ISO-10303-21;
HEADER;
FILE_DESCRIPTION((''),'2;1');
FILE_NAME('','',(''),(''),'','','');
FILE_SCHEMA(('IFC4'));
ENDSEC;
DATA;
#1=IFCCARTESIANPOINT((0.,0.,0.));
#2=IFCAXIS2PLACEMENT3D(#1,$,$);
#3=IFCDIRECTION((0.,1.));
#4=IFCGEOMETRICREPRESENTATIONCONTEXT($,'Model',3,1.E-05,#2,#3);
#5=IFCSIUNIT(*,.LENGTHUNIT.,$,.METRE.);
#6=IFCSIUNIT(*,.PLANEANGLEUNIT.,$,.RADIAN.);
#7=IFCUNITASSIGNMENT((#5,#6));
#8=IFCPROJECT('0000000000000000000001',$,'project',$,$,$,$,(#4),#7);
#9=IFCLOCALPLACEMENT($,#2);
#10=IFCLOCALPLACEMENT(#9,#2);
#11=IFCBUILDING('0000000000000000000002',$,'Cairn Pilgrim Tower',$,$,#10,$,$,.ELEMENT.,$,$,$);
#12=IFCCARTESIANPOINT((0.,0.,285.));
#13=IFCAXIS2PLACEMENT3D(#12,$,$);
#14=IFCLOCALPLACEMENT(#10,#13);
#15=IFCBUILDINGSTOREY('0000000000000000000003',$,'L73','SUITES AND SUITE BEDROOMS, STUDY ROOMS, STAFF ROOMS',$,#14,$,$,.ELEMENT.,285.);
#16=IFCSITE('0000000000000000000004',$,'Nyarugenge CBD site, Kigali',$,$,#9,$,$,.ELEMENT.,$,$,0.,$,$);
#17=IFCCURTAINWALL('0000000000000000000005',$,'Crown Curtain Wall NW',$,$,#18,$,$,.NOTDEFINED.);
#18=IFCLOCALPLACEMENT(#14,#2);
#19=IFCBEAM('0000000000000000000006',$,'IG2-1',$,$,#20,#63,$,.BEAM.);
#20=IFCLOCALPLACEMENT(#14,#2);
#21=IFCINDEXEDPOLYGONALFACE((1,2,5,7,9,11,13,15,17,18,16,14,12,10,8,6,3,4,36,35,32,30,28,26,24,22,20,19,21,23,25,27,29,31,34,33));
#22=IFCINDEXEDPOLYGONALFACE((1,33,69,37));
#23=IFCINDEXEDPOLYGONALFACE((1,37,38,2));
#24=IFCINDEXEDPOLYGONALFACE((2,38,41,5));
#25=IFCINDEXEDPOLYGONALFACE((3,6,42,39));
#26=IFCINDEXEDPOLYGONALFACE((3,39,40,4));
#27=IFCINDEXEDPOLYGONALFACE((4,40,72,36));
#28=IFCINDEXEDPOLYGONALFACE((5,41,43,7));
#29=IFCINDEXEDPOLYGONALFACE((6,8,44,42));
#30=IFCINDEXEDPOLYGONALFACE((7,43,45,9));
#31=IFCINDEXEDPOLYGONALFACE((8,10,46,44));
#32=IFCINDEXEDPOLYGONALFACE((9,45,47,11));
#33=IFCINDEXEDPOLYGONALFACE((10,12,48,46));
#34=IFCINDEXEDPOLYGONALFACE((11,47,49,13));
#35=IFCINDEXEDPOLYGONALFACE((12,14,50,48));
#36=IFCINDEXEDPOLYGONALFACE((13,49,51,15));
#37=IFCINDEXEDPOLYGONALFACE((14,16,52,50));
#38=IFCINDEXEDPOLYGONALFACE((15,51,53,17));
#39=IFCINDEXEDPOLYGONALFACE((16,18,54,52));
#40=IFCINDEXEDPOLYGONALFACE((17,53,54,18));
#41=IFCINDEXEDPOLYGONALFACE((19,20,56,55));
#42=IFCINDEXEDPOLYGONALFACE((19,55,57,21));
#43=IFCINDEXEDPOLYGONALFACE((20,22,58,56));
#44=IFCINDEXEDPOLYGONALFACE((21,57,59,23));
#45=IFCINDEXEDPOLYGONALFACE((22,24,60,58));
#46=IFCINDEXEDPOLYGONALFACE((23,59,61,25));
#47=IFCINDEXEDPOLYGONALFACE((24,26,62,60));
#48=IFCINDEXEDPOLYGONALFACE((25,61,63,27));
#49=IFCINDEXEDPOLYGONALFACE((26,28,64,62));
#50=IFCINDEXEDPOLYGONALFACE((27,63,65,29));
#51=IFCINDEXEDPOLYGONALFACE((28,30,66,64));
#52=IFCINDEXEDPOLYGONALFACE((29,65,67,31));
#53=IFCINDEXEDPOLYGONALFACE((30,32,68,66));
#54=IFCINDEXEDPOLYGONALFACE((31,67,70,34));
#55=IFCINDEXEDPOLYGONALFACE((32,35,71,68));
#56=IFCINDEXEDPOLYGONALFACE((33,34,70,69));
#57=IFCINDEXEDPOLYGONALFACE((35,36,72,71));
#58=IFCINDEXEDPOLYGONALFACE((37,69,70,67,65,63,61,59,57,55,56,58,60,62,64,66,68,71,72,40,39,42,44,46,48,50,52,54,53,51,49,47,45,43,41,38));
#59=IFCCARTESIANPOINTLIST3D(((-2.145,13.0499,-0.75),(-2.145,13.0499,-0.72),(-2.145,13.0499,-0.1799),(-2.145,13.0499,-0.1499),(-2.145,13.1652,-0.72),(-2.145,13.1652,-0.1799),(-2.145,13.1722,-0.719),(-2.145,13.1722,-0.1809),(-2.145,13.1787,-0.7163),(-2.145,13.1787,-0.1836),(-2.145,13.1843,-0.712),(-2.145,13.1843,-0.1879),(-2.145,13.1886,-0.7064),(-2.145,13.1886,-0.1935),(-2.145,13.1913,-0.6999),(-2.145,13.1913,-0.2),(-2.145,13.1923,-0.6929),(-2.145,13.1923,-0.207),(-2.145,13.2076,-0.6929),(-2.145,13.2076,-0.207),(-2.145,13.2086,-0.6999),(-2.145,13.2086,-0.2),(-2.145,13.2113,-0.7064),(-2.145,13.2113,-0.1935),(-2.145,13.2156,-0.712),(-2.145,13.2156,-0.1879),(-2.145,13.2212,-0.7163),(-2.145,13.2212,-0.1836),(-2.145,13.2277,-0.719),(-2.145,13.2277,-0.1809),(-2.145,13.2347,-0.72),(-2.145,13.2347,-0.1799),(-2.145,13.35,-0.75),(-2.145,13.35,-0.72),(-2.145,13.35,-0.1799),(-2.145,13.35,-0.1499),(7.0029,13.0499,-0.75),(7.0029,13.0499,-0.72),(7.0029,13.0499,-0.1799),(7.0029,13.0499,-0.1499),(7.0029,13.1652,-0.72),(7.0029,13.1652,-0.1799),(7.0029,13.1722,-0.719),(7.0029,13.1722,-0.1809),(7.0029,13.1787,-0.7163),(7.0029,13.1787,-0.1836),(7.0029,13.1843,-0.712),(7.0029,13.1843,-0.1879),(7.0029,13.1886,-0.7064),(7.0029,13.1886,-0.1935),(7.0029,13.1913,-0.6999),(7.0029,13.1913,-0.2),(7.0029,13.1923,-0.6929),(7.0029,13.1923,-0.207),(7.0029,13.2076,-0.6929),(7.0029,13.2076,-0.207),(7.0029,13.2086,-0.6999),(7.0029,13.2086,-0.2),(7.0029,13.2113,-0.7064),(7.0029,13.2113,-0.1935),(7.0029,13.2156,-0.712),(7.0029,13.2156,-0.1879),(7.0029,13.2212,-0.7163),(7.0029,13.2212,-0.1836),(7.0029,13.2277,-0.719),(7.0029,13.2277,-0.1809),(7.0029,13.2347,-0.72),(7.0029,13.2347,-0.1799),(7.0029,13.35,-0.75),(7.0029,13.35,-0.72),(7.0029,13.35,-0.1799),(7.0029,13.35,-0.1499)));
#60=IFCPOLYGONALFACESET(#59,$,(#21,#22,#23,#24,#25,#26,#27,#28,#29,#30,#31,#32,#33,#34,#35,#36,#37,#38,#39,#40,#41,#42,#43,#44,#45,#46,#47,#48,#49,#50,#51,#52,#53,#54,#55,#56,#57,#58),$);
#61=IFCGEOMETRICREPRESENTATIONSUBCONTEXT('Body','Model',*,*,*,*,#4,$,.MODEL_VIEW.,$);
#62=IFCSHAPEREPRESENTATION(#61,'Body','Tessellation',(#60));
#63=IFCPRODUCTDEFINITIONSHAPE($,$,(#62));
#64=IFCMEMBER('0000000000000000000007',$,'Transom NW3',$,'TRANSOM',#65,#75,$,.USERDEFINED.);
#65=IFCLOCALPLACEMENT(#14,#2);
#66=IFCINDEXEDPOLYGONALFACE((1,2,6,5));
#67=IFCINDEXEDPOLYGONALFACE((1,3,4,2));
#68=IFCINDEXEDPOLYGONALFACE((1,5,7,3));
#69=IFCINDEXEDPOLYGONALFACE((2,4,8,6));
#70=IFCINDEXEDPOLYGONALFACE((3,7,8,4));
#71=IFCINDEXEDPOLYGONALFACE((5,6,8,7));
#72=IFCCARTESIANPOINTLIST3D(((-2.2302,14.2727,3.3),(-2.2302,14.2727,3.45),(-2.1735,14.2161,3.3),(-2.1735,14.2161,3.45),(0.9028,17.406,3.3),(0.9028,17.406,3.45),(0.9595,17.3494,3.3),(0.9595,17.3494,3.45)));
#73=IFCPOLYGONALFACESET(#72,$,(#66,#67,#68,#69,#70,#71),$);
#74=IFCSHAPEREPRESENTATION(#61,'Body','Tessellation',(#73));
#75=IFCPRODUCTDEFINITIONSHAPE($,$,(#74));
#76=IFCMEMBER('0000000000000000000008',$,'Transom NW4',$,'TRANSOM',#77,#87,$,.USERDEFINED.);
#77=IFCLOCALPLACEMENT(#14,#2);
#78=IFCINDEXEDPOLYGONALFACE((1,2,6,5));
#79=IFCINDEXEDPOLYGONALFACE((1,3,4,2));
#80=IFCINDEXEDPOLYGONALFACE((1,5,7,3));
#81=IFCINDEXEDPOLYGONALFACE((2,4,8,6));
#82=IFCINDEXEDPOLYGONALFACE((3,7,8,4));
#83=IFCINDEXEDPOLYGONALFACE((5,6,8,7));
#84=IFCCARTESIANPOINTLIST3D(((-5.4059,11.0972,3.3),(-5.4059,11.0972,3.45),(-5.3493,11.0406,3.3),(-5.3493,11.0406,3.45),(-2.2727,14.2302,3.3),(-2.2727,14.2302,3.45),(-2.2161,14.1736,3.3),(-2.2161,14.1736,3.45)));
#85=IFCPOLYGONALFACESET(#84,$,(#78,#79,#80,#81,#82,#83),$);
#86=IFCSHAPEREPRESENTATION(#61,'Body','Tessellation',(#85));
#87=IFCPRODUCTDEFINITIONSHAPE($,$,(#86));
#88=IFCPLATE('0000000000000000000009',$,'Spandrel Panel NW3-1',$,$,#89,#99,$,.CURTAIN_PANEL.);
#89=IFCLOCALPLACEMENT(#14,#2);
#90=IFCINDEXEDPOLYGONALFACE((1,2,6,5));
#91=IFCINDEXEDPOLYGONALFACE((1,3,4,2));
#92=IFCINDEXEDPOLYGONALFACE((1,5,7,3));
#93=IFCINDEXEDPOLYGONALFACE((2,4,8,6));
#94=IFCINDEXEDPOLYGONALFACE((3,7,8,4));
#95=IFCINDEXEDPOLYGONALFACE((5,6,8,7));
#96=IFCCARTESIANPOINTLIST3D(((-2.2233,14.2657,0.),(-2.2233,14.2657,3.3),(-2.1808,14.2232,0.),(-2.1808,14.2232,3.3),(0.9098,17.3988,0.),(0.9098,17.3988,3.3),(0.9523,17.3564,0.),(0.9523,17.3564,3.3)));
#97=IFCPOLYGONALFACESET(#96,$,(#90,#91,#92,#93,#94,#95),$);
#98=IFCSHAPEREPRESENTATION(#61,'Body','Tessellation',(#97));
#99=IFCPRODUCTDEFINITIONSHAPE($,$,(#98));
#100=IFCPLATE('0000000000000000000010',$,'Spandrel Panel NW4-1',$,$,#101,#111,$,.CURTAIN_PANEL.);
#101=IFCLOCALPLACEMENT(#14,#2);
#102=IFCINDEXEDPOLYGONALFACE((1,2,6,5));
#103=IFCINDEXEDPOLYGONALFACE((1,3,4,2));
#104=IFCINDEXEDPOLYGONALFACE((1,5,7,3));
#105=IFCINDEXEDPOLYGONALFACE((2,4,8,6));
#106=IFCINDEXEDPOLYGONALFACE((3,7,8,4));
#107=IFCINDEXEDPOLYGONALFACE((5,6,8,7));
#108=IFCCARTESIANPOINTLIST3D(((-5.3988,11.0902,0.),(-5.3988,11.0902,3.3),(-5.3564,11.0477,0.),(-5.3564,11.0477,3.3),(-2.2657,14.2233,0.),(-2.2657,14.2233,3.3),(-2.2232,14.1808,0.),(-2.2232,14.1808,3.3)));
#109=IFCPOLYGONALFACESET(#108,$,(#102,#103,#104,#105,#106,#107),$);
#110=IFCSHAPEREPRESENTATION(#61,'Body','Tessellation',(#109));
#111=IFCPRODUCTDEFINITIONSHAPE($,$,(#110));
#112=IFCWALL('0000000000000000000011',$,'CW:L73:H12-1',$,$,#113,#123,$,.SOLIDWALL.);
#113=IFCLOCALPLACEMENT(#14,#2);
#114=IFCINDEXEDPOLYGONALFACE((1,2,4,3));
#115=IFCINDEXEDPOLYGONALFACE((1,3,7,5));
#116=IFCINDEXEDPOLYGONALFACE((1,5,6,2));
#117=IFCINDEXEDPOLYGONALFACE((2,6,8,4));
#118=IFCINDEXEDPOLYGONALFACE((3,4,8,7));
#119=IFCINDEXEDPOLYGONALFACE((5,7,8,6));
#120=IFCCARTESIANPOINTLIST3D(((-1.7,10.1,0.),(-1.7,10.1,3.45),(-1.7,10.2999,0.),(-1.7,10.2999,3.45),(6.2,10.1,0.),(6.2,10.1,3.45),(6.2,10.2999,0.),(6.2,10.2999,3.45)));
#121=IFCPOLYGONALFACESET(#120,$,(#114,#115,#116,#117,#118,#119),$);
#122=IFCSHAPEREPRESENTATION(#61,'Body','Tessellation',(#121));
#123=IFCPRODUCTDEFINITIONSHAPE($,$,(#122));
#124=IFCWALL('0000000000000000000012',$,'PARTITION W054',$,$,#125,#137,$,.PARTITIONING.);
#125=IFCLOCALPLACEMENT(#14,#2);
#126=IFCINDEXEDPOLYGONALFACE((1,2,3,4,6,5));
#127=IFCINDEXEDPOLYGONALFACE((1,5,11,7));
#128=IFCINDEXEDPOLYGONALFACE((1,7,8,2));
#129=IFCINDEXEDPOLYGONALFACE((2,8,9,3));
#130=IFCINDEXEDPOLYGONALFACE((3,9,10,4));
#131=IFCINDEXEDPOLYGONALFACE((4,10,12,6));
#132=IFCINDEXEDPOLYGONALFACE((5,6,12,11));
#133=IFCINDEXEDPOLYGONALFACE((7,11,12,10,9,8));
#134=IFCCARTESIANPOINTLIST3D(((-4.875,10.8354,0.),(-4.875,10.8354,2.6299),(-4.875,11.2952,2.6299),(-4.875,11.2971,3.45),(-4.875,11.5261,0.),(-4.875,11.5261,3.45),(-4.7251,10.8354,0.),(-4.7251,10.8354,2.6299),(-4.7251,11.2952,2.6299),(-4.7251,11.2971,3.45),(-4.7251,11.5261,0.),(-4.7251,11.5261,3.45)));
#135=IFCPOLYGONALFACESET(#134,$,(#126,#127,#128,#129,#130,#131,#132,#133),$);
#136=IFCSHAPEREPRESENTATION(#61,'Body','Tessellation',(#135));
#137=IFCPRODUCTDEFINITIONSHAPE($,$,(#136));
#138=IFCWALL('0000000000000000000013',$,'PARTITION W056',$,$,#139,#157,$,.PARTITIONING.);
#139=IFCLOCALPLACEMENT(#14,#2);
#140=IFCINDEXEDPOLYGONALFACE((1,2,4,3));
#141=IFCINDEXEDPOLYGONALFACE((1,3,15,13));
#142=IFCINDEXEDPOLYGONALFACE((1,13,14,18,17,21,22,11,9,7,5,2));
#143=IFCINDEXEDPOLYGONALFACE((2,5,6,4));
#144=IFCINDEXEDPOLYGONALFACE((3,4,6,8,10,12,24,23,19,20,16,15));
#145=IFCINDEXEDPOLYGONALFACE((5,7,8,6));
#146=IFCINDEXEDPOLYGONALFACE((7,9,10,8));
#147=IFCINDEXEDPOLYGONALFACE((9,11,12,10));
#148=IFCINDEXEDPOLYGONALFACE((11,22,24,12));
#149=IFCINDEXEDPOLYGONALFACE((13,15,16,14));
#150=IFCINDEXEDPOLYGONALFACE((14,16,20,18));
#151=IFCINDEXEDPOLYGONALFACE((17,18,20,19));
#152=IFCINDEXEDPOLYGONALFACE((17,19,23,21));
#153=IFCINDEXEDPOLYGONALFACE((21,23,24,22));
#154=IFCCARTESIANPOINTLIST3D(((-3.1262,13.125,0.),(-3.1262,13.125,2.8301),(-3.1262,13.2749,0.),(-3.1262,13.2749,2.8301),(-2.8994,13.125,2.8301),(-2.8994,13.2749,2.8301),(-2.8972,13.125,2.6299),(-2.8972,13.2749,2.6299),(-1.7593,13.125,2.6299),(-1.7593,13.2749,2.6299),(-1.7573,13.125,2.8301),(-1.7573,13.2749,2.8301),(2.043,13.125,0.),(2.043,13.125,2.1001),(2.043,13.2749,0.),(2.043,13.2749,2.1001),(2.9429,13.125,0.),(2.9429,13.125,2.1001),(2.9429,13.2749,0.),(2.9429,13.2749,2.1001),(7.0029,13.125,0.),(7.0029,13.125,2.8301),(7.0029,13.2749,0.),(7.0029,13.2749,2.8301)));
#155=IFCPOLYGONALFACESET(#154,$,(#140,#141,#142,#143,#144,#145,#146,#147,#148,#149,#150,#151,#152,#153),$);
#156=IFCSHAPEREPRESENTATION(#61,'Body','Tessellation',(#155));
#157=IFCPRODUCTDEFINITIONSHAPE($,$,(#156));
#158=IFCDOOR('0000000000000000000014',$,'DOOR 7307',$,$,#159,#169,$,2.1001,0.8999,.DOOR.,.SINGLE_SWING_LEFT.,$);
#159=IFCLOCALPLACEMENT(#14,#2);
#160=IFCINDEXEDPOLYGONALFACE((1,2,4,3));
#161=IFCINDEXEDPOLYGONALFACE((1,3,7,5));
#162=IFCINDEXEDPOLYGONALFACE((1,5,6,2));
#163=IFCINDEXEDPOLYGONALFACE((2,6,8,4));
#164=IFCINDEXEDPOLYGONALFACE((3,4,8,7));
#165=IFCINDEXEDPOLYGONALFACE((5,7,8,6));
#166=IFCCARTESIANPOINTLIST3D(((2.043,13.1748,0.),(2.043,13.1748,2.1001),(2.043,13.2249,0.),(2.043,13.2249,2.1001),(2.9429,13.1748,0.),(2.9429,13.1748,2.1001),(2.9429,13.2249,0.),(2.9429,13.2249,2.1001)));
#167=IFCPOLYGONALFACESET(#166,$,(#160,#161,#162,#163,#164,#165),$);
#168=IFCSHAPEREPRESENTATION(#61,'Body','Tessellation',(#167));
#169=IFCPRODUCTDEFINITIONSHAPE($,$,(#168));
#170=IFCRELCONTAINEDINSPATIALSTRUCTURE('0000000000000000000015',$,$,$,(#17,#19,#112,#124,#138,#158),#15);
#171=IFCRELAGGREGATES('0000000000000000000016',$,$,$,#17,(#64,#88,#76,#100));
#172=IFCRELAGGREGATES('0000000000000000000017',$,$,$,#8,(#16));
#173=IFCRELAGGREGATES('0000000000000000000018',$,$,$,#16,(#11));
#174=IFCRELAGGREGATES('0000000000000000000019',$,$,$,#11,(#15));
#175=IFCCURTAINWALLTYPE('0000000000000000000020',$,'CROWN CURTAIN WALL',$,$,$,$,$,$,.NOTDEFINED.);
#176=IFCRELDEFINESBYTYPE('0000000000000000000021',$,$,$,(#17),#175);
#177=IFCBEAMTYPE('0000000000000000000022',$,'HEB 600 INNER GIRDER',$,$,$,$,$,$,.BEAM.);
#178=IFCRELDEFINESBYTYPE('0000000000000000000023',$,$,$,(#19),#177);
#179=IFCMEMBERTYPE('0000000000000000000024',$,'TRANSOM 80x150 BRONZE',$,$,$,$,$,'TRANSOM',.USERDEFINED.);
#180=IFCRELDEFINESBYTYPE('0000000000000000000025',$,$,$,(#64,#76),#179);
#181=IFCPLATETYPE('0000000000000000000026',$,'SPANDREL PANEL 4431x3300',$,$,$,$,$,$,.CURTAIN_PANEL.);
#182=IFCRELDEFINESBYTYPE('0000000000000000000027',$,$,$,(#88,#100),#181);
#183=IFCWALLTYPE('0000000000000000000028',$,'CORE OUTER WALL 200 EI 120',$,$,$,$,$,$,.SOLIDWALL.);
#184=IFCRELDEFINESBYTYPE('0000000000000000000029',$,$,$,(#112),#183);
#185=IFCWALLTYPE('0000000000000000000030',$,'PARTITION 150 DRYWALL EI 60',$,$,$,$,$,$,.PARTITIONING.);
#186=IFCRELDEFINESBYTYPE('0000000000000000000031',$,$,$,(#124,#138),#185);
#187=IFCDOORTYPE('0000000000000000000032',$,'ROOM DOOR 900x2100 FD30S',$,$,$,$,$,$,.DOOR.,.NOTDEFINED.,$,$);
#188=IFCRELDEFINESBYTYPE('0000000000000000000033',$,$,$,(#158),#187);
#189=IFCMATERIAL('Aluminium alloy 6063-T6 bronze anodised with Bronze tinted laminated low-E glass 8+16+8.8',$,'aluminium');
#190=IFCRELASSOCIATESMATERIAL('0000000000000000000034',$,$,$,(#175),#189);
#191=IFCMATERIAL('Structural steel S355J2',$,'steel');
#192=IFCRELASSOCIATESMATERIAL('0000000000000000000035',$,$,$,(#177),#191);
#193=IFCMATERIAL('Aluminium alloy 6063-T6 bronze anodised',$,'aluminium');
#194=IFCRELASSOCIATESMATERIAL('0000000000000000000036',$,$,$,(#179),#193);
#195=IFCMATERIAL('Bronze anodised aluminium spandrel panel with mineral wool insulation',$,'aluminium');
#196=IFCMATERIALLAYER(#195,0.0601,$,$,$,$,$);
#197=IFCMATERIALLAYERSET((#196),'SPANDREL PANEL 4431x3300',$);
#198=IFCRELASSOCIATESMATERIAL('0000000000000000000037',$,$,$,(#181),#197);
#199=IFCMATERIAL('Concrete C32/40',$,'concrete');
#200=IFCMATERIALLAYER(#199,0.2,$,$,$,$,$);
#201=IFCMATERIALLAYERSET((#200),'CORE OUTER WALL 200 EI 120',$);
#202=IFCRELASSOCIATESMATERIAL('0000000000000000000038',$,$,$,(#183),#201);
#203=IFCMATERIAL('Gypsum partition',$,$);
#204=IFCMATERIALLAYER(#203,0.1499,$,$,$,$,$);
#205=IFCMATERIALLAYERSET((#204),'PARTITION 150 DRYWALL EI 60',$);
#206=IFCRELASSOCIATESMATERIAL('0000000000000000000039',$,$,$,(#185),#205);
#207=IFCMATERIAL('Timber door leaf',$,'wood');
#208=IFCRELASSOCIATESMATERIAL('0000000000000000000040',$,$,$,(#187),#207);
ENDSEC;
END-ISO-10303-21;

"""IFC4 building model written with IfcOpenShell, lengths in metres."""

from ifc_helpers import new_model, si_unit, direction, frame, frame_2d, origin, origin_2d, place, context, subcontext, project, spatial, polyline, rectangle, i_section, outline, extrude, material, layer, layer_set, material_profile, profile_set, type_object, element, fill, aggregate, save


model = new_model("IFC4")

# Units and contexts
model_context = context("Model", 3, precision=1e-05, world=origin(), true_north=direction((0.0, 1.0)))
body_context = subcontext(model_context, "Body", "Model", "MODEL_VIEW")
ifc_project = project(units=[si_unit("LENGTHUNIT", "METRE"), si_unit("PLANEANGLEUNIT", "RADIAN")], contexts=[model_context])

# Site, building, storey
site_placement = place(None, origin())
site = spatial("IfcSite", under=ifc_project, at=site_placement, Name="Nyarugenge CBD site, Kigali", CompositionType="ELEMENT", RefElevation=0.0)
building_placement = place(site_placement, origin())
building = spatial("IfcBuilding", under=site, at=building_placement, Name="Cairn Pilgrim Tower", CompositionType="ELEMENT")
storey_placement = place(building_placement, frame((0.0, 0.0, 285.0)))
storey = spatial("IfcBuildingStorey", under=building, at=storey_placement, Name="L73", Description="SUITES AND SUITE BEDROOMS, STUDY ROOMS, STAFF ROOMS", CompositionType="ELEMENT", Elevation=285.0)

# Shared definitions
ifc_material_1 = material(Name="Structural steel S355J2", Category="steel")

# Curtain wall
ifc_material_2 = material(Name="Aluminium alloy 6063-T6 bronze anodised with Bronze tinted laminated low-E glass 8+16+8.8", Category="aluminium")
curtain_wall_type = type_object("IfcCurtainWallType", Name="CROWN CURTAIN WALL", PredefinedType="NOTDEFINED", material=ifc_material_2)
curtain_wall_placement = place(storey_placement, origin())
curtain_wall = element("IfcCurtainWall", 1, at=curtain_wall_placement, inside=storey, type_object=curtain_wall_type, Name="Crown Curtain Wall NW", PredefinedType="NOTDEFINED")
ifc_material_3 = material(Name="Aluminium alloy 6063-T6 bronze anodised", Category="aluminium")

# Beam
ifc_material_profile_1 = material_profile(ifc_material_1, i_section(OverallWidth=0.3, OverallDepth=0.6001, WebThickness=0.0154, FlangeThickness=0.03, FilletRadius=0.0271, at=origin_2d()), Name="HEB 600")
ifc_profile_set_1 = profile_set([ifc_material_profile_1], Name="Structural steel S355J2")
beam_type_1 = type_object("IfcBeamType", Name="HEB 600 INNER GIRDER", PredefinedType="BEAM", material=ifc_profile_set_1)
beam_1_placement = place(storey_placement, frame((-2.145, 13.2, -0.45), z_axis=(1.0, 0.0, 0.0), x_axis=(0.0, 1.0, 0.0)))
element("IfcBeam", 2, at=beam_1_placement, inside=storey, type_object=beam_type_1, Name="IG2-1", PredefinedType="BEAM", context=body_context, shape_type="SweptSolid", body=[
    extrude(i_section(OverallWidth=0.3, OverallDepth=0.6001, WebThickness=0.0154, FlangeThickness=0.03, FilletRadius=0.0271, at=origin_2d()), origin(), (0.0, 0.0, 1.0), 9.1479),
])

# Members
ifc_material_profile_2 = material_profile(ifc_material_3, rectangle(XDim=0.0801, YDim=0.1499, at=origin_2d()), Name="TRANSOM 80x150 BRONZE")
ifc_profile_set_2 = profile_set([ifc_material_profile_2], Name="Aluminium alloy 6063-T6 bronze anodised")
member_type_1 = type_object("IfcMemberType", Name="TRANSOM 80x150 BRONZE", ElementType="TRANSOM", PredefinedType="USERDEFINED", material=ifc_profile_set_2)
member_1_placement = place(storey_placement, frame((0.9312, 17.3777, 3.375), z_axis=(-0.707079, -0.707134, 0.0), x_axis=(0.707134, -0.707079, 0.0)))
member_1 = element("IfcMember", 3, at=member_1_placement, type_object=member_type_1, Name="Transom NW3", ObjectType="TRANSOM", PredefinedType="USERDEFINED", context=body_context, shape_type="SweptSolid", body=[
    extrude(rectangle(XDim=0.0801, YDim=0.1499, at=origin_2d()), origin(), (0.0, 0.0, 1.0), 4.4309),
])
member_2_placement = place(storey_placement, frame((-2.2444, 14.2019, 3.375), z_axis=(-0.707134, -0.707079, 0.0), x_axis=(0.707079, -0.707134, 0.0)))
member_2 = element("IfcMember", 4, at=member_2_placement, type_object=member_type_1, Name="Transom NW4", ObjectType="TRANSOM", PredefinedType="USERDEFINED", context=body_context, shape_type="SweptSolid", body=[
    extrude(rectangle(XDim=0.0801, YDim=0.1499, at=origin_2d()), origin(), (0.0, 0.0, 1.0), 4.4309),
])

# Plates
ifc_material_4 = material(Name="Bronze anodised aluminium spandrel panel with mineral wool insulation", Category="aluminium")
ifc_layer_1 = layer(ifc_material_4, 0.0601)
ifc_layer_set_1 = layer_set([ifc_layer_1], Name="SPANDREL PANEL 4431x3300")
plate_type = type_object("IfcPlateType", Name="SPANDREL PANEL 4431x3300", PredefinedType="CURTAIN_PANEL", material=ifc_layer_set_1)
plate_1_placement = place(storey_placement, frame((-0.6355, 15.811, 0.0), z_axis=(0.0, 0.0, 1.0), x_axis=(-0.707107, -0.707107, 0.0)))
plate_1 = element("IfcPlate", 5, at=plate_1_placement, type_object=plate_type, Name="Spandrel Panel NW3-1", PredefinedType="CURTAIN_PANEL", context=body_context, shape_type="SweptSolid", body=[
    extrude(rectangle(XDim=4.4309, YDim=0.0601, at=origin_2d()), origin(), (0.0, 0.0, 1.0), 3.3),
])
plate_2_placement = place(storey_placement, frame((-3.811, 12.6355, 0.0), z_axis=(0.0, 0.0, 1.0), x_axis=(-0.707107, -0.707107, 0.0)))
plate_2 = element("IfcPlate", 6, at=plate_2_placement, type_object=plate_type, Name="Spandrel Panel NW4-1", PredefinedType="CURTAIN_PANEL", context=body_context, shape_type="SweptSolid", body=[
    extrude(rectangle(XDim=4.4309, YDim=0.0601, at=origin_2d()), origin(), (0.0, 0.0, 1.0), 3.3),
])
aggregate(curtain_wall, [member_1, plate_1, member_2, plate_2])

# Walls
ifc_material_5 = material(Name="Concrete C32/40", Category="concrete")
ifc_layer_2 = layer(ifc_material_5, 0.2)
ifc_layer_set_2 = layer_set([ifc_layer_2], Name="CORE OUTER WALL 200 EI 120")
wall_type_1 = type_object("IfcWallType", Name="CORE OUTER WALL 200 EI 120", PredefinedType="SOLIDWALL", material=ifc_layer_set_2)
wall_1_placement = place(storey_placement, frame((-1.7, 10.2, 0.0), z_axis=(0.0, 0.0, 1.0), x_axis=(1.0, 0.0, 0.0)))
element("IfcWall", 7, at=wall_1_placement, inside=storey, type_object=wall_type_1, Name="CW:L73:H12-1", PredefinedType="SOLIDWALL", context=body_context, shape_type="SweptSolid", body=[
    extrude(rectangle(XDim=7.8999, YDim=0.2, at=frame_2d((3.95, 0.0))), origin(), (0.0, 0.0, 1.0), 3.45),
])
ifc_material_6 = material(Name="Gypsum partition")
ifc_layer_3 = layer(ifc_material_6, 0.1499)
ifc_layer_set_3 = layer_set([ifc_layer_3], Name="PARTITION 150 DRYWALL EI 60")
wall_type_2 = type_object("IfcWallType", Name="PARTITION 150 DRYWALL EI 60", PredefinedType="PARTITIONING", material=ifc_layer_set_3)
wall_2_placement = place(storey_placement, frame((-4.8, 10.8354, 0.0), z_axis=(0.0, 0.0, 1.0), x_axis=(0.0, 1.0, 0.0)))
element("IfcWall", 8, at=wall_2_placement, inside=storey, type_object=wall_type_2, Name="PARTITION W054", PredefinedType="PARTITIONING", context=body_context, shape_type="SweptSolid", body=[
    extrude(outline(polyline([(0.0, 0.0), (0.6907, 0.0), (0.6907, 3.45), (0.4617, 3.45), (0.4597, 2.6299), (0.0, 2.6299), (0.0, 0.0)])), frame((0.0, 0.075, 0.0), z_axis=(0.0, -1.0, 0.0), x_axis=(1.0, 0.0, 0.0)), (0.0, 0.0, 1.0), 0.1499),
])

# Wall, opening, door
wall_3_placement = place(storey_placement, frame((-3.1262, 13.2, 0.0), z_axis=(0.0, 0.0, 1.0), x_axis=(1.0, 0.0, 0.0)))
wall_3 = element("IfcWall", 9, at=wall_3_placement, inside=storey, type_object=wall_type_2, Name="PARTITION W056", PredefinedType="PARTITIONING", context=body_context, shape_type="SweptSolid", body=[
    extrude(outline(polyline([(0.0, 0.0), (10.1292, 0.0), (10.1292, 2.8301), (1.3689, 2.8301), (1.3669, 2.6299), (0.229, 2.6299), (0.2268, 2.8301), (0.0, 2.8301), (0.0, 0.0)])), frame((0.0, 0.075, 0.0), z_axis=(0.0, -1.0, 0.0), x_axis=(1.0, 0.0, 0.0)), (0.0, 0.0, 1.0), 0.1499),
])
opening_1_placement = place(wall_3_placement, frame((5.1692, 0.0, 0.0)))
opening_1 = element("IfcOpeningElement", 10, at=opening_1_placement, cuts=wall_3, PredefinedType="OPENING", context=body_context, shape_type="SweptSolid", body=[
    extrude(rectangle(XDim=0.8999, YDim=2.1001, at=frame_2d((0.45, 1.05))), frame((0.0, 0.085, 0.0), z_axis=(0.0, -1.0, 0.0), x_axis=(1.0, 0.0, 0.0)), (0.0, 0.0, 1.0), 0.1699),
])
ifc_material_7 = material(Name="Timber door leaf", Category="wood")
door_type_1 = type_object("IfcDoorType", Name="ROOM DOOR 900x2100 FD30S", OperationType="NOTDEFINED", PredefinedType="DOOR", material=ifc_material_7)
door_1_placement = place(opening_1_placement, origin())
door_1 = element("IfcDoor", 11, at=door_1_placement, inside=storey, type_object=door_type_1, Name="DOOR 7307", OperationType="SINGLE_SWING_LEFT", OverallHeight=2.1001, OverallWidth=0.8999, PredefinedType="DOOR", context=body_context, shape_type="SweptSolid", body=[
    extrude(rectangle(XDim=0.8999, YDim=2.1001, at=frame_2d((0.45, 1.05))), frame((0.0, 0.0249, 0.0), z_axis=(0.0, -1.0, 0.0), x_axis=(1.0, 0.0, 0.0)), (0.0, 0.0, 1.0), 0.05),
])
fill(opening_1, door_1)

save(model, "model.ifc")
